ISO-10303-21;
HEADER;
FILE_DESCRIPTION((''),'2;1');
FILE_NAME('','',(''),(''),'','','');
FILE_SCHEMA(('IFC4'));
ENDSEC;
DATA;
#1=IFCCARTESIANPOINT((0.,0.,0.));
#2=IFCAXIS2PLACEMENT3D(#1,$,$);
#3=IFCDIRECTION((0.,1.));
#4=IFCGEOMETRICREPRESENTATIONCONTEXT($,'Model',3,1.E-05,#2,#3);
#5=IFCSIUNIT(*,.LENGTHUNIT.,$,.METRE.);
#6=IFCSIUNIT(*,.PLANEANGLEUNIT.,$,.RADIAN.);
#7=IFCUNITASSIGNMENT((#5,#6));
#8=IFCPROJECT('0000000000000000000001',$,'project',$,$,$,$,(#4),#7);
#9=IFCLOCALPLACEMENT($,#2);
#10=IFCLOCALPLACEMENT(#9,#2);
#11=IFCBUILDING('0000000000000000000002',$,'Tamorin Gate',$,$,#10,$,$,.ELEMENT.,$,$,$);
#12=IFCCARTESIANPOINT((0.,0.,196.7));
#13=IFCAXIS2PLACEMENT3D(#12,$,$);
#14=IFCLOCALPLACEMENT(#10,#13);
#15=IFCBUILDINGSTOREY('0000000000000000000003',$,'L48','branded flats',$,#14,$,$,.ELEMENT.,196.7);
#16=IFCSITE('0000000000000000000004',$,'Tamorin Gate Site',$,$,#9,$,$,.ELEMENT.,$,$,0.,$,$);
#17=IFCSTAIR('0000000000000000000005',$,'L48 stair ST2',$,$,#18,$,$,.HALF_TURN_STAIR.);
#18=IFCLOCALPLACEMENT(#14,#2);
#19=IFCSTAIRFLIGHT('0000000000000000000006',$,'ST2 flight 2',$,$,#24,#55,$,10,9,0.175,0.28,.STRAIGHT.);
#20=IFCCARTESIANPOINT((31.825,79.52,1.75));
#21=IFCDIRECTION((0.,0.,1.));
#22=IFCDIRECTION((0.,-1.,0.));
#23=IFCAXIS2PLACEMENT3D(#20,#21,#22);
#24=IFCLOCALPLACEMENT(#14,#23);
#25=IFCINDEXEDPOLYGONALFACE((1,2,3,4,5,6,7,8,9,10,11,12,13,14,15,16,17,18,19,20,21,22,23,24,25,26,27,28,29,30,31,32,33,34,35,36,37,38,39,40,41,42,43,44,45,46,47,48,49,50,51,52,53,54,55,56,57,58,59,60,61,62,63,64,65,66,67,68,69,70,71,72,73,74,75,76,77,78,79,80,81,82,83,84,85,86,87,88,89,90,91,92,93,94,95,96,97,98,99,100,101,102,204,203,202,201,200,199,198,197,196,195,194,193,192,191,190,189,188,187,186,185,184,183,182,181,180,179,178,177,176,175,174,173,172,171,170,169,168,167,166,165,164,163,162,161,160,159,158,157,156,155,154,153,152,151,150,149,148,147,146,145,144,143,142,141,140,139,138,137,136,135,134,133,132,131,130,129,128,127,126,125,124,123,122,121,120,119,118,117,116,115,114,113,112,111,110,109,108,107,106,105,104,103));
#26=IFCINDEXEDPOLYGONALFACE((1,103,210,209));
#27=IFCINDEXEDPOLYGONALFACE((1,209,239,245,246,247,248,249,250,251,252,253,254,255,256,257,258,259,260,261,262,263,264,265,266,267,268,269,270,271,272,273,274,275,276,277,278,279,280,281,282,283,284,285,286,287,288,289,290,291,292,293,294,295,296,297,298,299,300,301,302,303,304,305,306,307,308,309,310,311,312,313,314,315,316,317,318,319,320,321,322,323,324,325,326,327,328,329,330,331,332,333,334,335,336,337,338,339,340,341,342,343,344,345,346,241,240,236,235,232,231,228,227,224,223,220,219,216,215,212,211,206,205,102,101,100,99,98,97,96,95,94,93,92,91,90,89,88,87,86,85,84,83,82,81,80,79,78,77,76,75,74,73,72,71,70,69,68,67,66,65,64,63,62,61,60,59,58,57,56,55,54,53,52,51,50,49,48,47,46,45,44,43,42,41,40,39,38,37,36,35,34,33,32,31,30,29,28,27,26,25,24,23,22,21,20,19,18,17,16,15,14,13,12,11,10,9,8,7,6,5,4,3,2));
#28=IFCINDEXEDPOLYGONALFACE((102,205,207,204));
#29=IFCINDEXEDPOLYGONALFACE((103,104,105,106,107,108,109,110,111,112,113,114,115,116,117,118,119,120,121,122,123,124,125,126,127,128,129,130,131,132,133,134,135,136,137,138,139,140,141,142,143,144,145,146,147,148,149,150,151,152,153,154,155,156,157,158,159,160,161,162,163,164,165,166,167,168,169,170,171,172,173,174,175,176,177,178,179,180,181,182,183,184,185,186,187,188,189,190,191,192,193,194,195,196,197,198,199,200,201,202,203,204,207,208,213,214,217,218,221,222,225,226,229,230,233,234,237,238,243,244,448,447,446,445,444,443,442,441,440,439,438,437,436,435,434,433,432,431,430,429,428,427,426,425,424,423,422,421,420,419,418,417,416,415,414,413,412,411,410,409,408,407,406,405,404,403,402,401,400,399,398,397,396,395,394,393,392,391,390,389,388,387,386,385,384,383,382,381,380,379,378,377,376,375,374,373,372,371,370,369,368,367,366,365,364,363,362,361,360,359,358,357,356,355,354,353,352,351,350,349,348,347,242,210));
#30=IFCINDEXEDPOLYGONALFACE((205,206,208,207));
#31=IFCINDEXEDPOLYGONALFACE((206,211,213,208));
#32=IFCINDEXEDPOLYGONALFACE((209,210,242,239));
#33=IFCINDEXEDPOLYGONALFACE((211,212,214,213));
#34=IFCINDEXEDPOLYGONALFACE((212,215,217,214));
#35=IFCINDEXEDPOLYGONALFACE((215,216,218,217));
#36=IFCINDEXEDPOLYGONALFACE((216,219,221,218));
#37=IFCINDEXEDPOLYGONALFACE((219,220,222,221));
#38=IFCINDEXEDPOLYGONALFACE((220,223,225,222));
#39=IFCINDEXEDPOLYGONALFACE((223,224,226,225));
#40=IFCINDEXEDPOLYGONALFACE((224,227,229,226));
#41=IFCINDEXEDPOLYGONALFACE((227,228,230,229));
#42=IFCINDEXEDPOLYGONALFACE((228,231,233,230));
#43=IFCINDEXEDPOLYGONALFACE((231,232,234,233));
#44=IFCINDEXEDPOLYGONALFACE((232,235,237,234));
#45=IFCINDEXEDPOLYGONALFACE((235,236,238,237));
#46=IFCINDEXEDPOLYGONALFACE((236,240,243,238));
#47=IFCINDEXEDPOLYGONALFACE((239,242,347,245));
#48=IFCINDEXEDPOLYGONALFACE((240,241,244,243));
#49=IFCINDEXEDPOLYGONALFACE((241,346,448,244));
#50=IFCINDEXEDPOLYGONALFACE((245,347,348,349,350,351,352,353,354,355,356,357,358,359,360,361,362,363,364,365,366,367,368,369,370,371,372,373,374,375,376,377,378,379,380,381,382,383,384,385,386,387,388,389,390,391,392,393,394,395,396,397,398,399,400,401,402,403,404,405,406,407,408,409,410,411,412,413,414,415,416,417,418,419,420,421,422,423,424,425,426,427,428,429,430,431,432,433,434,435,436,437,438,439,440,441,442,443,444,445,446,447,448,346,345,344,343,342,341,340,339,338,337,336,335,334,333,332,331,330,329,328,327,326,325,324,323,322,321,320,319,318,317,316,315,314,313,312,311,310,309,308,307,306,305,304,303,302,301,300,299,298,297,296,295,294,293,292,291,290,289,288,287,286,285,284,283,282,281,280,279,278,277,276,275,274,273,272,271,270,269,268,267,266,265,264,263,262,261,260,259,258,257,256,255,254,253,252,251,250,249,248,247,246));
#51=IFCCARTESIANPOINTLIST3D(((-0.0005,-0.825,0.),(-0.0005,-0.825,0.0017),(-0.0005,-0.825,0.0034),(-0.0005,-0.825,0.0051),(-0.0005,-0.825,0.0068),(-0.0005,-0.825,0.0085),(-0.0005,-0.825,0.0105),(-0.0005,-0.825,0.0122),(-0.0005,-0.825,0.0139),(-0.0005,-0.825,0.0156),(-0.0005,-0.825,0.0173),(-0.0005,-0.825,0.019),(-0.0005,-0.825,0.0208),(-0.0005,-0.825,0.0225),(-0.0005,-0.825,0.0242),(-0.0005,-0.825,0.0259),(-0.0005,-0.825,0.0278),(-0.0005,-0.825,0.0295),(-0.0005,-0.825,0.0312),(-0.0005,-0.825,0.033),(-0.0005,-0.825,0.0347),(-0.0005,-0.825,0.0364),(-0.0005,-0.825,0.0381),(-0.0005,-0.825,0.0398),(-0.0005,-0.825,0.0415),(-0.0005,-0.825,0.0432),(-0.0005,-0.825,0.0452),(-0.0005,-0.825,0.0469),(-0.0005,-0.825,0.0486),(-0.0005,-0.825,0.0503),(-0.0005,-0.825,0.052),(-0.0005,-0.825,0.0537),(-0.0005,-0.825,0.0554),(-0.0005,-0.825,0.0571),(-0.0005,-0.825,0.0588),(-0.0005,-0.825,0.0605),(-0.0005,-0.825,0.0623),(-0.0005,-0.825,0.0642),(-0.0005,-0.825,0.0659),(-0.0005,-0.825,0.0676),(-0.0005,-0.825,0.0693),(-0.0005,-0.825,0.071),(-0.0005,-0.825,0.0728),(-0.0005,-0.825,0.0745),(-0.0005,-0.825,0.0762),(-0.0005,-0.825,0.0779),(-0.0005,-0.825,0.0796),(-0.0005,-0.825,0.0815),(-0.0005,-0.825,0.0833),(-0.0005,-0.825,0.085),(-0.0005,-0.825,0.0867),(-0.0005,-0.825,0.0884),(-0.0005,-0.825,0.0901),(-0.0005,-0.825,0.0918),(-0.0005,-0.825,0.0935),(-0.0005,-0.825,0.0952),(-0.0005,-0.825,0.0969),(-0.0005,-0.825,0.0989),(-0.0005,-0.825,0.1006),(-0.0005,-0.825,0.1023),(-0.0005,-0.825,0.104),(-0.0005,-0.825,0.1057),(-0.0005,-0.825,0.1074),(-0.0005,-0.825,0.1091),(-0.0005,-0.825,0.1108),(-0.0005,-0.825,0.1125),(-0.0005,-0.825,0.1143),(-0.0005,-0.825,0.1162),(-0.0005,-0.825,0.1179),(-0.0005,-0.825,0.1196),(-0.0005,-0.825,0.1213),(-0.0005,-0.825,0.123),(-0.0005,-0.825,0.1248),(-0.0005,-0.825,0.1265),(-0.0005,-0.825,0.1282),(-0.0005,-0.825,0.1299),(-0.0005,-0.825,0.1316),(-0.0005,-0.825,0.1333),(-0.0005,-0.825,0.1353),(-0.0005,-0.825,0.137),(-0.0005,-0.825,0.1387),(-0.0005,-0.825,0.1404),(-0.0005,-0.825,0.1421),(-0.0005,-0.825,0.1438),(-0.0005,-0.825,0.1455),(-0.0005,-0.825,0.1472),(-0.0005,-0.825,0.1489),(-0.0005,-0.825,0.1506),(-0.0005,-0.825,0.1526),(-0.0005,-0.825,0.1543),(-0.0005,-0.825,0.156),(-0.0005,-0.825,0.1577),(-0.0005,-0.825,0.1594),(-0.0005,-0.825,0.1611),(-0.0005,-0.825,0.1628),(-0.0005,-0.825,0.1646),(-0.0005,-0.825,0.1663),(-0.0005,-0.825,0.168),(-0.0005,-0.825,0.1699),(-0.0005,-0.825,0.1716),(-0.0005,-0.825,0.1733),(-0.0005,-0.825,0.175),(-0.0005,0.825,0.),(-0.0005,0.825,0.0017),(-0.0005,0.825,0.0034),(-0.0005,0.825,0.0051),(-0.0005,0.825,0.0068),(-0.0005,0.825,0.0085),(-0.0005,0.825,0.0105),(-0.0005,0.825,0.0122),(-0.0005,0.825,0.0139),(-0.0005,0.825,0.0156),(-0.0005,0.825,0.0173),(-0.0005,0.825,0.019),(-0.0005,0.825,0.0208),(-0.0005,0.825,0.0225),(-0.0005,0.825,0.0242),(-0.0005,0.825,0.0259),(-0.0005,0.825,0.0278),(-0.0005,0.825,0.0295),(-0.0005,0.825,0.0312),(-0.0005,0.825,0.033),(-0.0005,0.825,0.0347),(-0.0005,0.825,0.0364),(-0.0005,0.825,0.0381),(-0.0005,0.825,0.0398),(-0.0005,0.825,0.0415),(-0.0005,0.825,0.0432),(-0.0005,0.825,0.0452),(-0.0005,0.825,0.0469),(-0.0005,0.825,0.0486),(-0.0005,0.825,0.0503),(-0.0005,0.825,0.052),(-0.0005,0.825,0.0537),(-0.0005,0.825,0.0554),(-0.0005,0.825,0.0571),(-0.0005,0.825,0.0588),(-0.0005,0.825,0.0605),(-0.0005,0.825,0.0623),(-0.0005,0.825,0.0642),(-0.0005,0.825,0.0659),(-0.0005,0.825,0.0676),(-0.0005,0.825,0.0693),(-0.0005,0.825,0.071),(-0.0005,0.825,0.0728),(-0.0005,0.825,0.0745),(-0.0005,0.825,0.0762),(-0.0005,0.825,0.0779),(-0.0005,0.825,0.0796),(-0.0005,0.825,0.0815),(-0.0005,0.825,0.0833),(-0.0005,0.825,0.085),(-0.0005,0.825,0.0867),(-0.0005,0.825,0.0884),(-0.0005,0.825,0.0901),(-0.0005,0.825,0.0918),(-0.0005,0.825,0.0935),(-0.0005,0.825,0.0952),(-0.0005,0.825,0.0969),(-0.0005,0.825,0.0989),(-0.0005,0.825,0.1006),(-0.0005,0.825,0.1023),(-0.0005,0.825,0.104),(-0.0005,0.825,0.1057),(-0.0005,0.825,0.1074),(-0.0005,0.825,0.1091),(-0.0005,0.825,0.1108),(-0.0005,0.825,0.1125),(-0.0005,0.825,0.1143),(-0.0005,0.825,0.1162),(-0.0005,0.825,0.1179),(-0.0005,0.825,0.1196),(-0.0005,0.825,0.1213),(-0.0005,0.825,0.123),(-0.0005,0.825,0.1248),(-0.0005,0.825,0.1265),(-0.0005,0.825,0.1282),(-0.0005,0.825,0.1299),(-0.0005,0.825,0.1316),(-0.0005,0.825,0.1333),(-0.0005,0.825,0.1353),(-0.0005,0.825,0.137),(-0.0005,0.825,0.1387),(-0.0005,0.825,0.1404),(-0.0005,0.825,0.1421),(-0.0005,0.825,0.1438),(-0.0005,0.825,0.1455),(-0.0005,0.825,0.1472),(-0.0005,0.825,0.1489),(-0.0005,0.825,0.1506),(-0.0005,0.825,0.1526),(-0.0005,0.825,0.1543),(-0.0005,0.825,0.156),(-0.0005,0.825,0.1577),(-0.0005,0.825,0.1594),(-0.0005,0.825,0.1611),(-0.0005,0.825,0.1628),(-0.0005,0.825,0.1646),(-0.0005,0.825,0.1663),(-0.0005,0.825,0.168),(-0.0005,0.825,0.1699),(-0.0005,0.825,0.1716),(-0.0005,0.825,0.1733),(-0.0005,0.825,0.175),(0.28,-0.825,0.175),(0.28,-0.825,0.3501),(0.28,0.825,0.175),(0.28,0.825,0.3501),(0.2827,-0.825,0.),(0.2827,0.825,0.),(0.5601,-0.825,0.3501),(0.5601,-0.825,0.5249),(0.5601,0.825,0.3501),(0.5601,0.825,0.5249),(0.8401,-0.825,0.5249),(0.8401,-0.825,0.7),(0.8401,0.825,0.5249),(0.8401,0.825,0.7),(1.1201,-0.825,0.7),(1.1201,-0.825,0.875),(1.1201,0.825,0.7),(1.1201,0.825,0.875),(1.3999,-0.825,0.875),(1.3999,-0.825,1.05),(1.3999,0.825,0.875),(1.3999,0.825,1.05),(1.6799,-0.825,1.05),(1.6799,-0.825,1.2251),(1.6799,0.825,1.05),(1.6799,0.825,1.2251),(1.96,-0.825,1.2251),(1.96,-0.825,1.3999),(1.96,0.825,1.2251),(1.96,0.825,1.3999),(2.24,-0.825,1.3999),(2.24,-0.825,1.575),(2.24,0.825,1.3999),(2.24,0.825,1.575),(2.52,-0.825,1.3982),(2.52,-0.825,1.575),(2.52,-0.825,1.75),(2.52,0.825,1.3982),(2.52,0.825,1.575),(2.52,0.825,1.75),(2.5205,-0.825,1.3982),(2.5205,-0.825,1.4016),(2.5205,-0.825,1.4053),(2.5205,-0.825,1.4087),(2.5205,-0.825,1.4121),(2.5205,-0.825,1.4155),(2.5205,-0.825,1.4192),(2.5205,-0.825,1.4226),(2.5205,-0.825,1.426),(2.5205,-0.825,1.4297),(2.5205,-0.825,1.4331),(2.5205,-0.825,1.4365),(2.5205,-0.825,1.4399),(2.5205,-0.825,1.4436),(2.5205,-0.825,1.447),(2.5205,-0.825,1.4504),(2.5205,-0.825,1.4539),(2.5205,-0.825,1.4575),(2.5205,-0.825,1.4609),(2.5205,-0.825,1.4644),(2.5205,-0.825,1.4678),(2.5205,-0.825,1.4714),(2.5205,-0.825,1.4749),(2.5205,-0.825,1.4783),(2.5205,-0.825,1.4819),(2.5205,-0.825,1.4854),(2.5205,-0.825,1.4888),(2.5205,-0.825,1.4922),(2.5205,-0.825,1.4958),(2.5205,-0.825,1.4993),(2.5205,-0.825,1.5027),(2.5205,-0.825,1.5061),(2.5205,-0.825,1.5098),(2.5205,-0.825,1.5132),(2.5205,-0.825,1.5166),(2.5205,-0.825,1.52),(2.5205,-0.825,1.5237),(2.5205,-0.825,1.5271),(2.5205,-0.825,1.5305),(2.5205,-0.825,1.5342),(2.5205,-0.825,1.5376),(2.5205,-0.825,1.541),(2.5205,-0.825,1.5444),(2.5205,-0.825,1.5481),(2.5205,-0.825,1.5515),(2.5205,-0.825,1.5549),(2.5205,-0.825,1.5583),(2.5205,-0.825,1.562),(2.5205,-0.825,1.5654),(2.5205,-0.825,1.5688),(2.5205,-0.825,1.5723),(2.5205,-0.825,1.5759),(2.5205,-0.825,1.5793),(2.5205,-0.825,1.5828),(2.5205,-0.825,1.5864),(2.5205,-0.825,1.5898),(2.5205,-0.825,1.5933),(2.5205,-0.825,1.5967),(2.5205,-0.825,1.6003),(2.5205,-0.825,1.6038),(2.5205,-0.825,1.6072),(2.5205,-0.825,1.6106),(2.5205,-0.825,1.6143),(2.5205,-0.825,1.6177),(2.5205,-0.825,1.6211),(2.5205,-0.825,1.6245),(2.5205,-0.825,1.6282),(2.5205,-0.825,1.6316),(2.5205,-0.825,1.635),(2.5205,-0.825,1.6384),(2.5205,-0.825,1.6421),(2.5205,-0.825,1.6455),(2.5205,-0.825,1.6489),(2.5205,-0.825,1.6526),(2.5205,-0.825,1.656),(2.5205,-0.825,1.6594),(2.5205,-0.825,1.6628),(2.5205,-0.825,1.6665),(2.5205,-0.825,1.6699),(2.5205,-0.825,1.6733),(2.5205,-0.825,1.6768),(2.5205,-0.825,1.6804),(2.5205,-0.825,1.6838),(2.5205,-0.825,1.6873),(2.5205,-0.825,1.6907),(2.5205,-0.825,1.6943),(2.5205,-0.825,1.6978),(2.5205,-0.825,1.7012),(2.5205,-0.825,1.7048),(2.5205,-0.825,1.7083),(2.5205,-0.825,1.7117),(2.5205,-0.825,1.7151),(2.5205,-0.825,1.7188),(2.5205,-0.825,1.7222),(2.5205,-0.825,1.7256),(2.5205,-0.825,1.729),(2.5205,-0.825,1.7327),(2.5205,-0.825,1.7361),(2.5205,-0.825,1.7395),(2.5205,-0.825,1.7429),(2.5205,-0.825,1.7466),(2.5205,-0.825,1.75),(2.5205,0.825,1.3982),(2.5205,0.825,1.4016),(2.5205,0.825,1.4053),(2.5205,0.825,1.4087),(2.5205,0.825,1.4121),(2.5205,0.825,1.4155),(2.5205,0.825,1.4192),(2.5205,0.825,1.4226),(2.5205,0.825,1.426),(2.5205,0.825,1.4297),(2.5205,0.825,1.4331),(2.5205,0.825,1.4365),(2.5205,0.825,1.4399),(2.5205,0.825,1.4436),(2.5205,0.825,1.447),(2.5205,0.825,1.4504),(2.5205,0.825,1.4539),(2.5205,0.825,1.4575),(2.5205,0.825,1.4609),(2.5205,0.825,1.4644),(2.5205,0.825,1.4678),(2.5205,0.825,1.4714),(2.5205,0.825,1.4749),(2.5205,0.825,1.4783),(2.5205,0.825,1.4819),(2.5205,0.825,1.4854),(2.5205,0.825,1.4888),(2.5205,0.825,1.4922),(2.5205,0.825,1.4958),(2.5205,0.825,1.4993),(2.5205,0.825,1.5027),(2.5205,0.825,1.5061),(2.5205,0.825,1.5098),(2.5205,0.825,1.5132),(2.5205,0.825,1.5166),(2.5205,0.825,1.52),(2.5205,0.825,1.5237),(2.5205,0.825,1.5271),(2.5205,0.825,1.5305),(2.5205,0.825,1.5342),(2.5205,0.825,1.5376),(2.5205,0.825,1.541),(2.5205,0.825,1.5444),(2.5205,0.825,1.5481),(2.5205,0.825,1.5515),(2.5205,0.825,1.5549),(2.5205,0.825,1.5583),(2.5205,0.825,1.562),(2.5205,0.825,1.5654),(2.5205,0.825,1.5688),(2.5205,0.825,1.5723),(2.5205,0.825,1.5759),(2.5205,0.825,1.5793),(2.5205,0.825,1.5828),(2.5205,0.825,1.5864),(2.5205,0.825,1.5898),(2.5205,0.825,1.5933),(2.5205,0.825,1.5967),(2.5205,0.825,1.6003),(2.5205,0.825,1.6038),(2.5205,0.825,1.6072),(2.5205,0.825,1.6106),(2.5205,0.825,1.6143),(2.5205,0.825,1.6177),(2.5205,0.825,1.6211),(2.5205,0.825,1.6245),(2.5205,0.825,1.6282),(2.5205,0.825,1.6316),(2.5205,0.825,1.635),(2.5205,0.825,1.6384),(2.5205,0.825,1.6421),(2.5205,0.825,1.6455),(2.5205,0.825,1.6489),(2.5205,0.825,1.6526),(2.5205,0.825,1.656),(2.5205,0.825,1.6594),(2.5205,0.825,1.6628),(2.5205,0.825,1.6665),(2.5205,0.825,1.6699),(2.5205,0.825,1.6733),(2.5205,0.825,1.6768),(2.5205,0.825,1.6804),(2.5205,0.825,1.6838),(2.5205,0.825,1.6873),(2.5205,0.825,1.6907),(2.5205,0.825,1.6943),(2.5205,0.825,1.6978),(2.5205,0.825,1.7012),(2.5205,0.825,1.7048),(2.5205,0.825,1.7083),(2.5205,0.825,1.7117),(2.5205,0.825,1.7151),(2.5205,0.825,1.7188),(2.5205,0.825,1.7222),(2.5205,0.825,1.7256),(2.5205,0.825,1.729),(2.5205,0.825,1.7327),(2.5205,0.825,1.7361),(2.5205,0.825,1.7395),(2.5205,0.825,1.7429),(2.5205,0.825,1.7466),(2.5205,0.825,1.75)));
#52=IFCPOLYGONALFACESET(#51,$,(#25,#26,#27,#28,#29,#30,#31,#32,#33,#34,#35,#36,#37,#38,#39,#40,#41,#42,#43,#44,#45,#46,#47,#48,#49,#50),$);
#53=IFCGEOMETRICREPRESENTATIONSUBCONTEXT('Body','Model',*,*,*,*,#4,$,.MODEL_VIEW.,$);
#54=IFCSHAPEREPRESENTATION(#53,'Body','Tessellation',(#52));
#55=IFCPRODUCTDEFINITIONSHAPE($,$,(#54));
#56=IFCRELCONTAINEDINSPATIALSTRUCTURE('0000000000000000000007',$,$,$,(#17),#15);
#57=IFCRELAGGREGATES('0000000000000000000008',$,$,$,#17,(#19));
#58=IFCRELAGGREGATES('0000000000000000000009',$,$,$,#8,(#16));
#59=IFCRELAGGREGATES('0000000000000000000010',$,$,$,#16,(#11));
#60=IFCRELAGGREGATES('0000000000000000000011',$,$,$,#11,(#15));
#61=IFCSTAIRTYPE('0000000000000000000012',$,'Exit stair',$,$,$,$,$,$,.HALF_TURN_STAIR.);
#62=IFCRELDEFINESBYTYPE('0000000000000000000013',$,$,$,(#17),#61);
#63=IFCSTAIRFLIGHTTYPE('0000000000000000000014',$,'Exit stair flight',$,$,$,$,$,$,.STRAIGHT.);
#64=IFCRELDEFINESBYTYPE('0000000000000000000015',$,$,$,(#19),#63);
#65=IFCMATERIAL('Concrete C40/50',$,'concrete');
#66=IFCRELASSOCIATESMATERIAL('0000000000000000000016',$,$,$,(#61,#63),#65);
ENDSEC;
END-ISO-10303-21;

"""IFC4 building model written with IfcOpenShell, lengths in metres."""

from ifc_helpers import new_model, si_unit, direction, frame, origin, place, context, subcontext, project, spatial, polyline, outline, extrude, material, type_object, element, aggregate, save


model = new_model("IFC4")

# Units and contexts
model_context = context("Model", 3, precision=1e-05, world=origin(), true_north=direction((0.0, 1.0)))
body_context = subcontext(model_context, "Body", "Model", "MODEL_VIEW")
ifc_project = project(units=[si_unit("LENGTHUNIT", "METRE"), si_unit("PLANEANGLEUNIT", "RADIAN")], contexts=[model_context])

# Site, building, storey
site_placement = place(None, origin())
site = spatial("IfcSite", under=ifc_project, at=site_placement, Name="Tamorin Gate Site", CompositionType="ELEMENT", RefElevation=0.0)
building_placement = place(site_placement, origin())
building = spatial("IfcBuilding", under=site, at=building_placement, Name="Tamorin Gate", CompositionType="ELEMENT")
storey_placement = place(building_placement, frame((0.0, 0.0, 196.7)))
storey = spatial("IfcBuildingStorey", under=building, at=storey_placement, Name="L48", Description="branded flats", CompositionType="ELEMENT", Elevation=196.7)

# Stair, stair flight
ifc_material_1 = material(Name="Concrete C40/50", Category="concrete")
stair_type = type_object("IfcStairType", Name="Exit stair", PredefinedType="HALF_TURN_STAIR", material=ifc_material_1)
stair_placement = place(storey_placement, origin())
stair = element("IfcStair", 1, at=stair_placement, inside=storey, type_object=stair_type, Name="L48 stair ST2", PredefinedType="HALF_TURN_STAIR")
stair_flight_type = type_object("IfcStairFlightType", Name="Exit stair flight", PredefinedType="STRAIGHT", material=ifc_material_1)
stair_flight_placement = place(storey_placement, frame((31.825, 79.52, 1.75), z_axis=(0.0, 0.0, 1.0), x_axis=(0.0, -1.0, 0.0)))
stair_flight = element("IfcStairFlight", 2, at=stair_flight_placement, type_object=stair_flight_type, Name="ST2 flight 2", NumberOfRisers=10, NumberOfTreads=9, PredefinedType="STRAIGHT", RiserHeight=0.175, TreadLength=0.28, context=body_context, shape_type="SweptSolid", body=[
    extrude(outline(polyline([(-0.0005, 0.0), (-0.0005, 0.0017), (-0.0005, 0.0034), (-0.0005, 0.0051), (-0.0005, 0.0068), (-0.0005, 0.0085), (-0.0005, 0.0105), (-0.0005, 0.0122), (-0.0005, 0.0139), (-0.0005, 0.0156), (-0.0005, 0.0173), (-0.0005, 0.019), (-0.0005, 0.0208), (-0.0005, 0.0225), (-0.0005, 0.0242), (-0.0005, 0.0259), (-0.0005, 0.0278), (-0.0005, 0.0295), (-0.0005, 0.0312), (-0.0005, 0.033), (-0.0005, 0.0347), (-0.0005, 0.0364), (-0.0005, 0.0381), (-0.0005, 0.0398), (-0.0005, 0.0415), (-0.0005, 0.0432), (-0.0005, 0.0452), (-0.0005, 0.0469), (-0.0005, 0.0486), (-0.0005, 0.0503), (-0.0005, 0.052), (-0.0005, 0.0537), (-0.0005, 0.0554), (-0.0005, 0.0571), (-0.0005, 0.0588), (-0.0005, 0.0605), (-0.0005, 0.0623), (-0.0005, 0.0642), (-0.0005, 0.0659), (-0.0005, 0.0676), (-0.0005, 0.0693), (-0.0005, 0.071), (-0.0005, 0.0728), (-0.0005, 0.0745), (-0.0005, 0.0762), (-0.0005, 0.0779), (-0.0005, 0.0796), (-0.0005, 0.0815), (-0.0005, 0.0833), (-0.0005, 0.085), (-0.0005, 0.0867), (-0.0005, 0.0884), (-0.0005, 0.0901), (-0.0005, 0.0918), (-0.0005, 0.0935), (-0.0005, 0.0952), (-0.0005, 0.0969), (-0.0005, 0.0989), (-0.0005, 0.1006), (-0.0005, 0.1023), (-0.0005, 0.104), (-0.0005, 0.1057), (-0.0005, 0.1074), (-0.0005, 0.1091), (-0.0005, 0.1108), (-0.0005, 0.1125), (-0.0005, 0.1143), (-0.0005, 0.1162), (-0.0005, 0.1179), (-0.0005, 0.1196), (-0.0005, 0.1213), (-0.0005, 0.123), (-0.0005, 0.1248), (-0.0005, 0.1265), (-0.0005, 0.1282), (-0.0005, 0.1299), (-0.0005, 0.1316), (-0.0005, 0.1333), (-0.0005, 0.1353), (-0.0005, 0.137), (-0.0005, 0.1387), (-0.0005, 0.1404), (-0.0005, 0.1421), (-0.0005, 0.1438), (-0.0005, 0.1455), (-0.0005, 0.1472), (-0.0005, 0.1489), (-0.0005, 0.1506), (-0.0005, 0.1526), (-0.0005, 0.1543), (-0.0005, 0.156), (-0.0005, 0.1577), (-0.0005, 0.1594), (-0.0005, 0.1611), (-0.0005, 0.1628), (-0.0005, 0.1646), (-0.0005, 0.1663), (-0.0005, 0.168), (-0.0005, 0.1699), (-0.0005, 0.1716), (-0.0005, 0.1733), (-0.0005, 0.175), (0.28, 0.175), (0.28, 0.3501), (0.5601, 0.3501), (0.5601, 0.5249), (0.8401, 0.5249), (0.8401, 0.7), (1.1201, 0.7), (1.1201, 0.875), (1.3999, 0.875), (1.3999, 1.05), (1.6799, 1.05), (1.6799, 1.2251), (1.96, 1.2251), (1.96, 1.3999), (2.24, 1.3999), (2.24, 1.575), (2.52, 1.575), (2.52, 1.75), (2.5205, 1.75), (2.5205, 1.7466), (2.5205, 1.7429), (2.5205, 1.7395), (2.5205, 1.7361), (2.5205, 1.7327), (2.5205, 1.729), (2.5205, 1.7256), (2.5205, 1.7222), (2.5205, 1.7188), (2.5205, 1.7151), (2.5205, 1.7117), (2.5205, 1.7083), (2.5205, 1.7048), (2.5205, 1.7012), (2.5205, 1.6978), (2.5205, 1.6943), (2.5205, 1.6907), (2.5205, 1.6873), (2.5205, 1.6838), (2.5205, 1.6804), (2.5205, 1.6768), (2.5205, 1.6733), (2.5205, 1.6699), (2.5205, 1.6665), (2.5205, 1.6628), (2.5205, 1.6594), (2.5205, 1.656), (2.5205, 1.6526), (2.5205, 1.6489), (2.5205, 1.6455), (2.5205, 1.6421), (2.5205, 1.6384), (2.5205, 1.635), (2.5205, 1.6316), (2.5205, 1.6282), (2.5205, 1.6245), (2.5205, 1.6211), (2.5205, 1.6177), (2.5205, 1.6143), (2.5205, 1.6106), (2.5205, 1.6072), (2.5205, 1.6038), (2.5205, 1.6003), (2.5205, 1.5967), (2.5205, 1.5933), (2.5205, 1.5898), (2.5205, 1.5864), (2.5205, 1.5828), (2.5205, 1.5793), (2.5205, 1.5759), (2.5205, 1.5723), (2.5205, 1.5688), (2.5205, 1.5654), (2.5205, 1.562), (2.5205, 1.5583), (2.5205, 1.5549), (2.5205, 1.5515), (2.5205, 1.5481), (2.5205, 1.5444), (2.5205, 1.541), (2.5205, 1.5376), (2.5205, 1.5342), (2.5205, 1.5305), (2.5205, 1.5271), (2.5205, 1.5237), (2.5205, 1.52), (2.5205, 1.5166), (2.5205, 1.5132), (2.5205, 1.5098), (2.5205, 1.5061), (2.5205, 1.5027), (2.5205, 1.4993), (2.5205, 1.4958), (2.5205, 1.4922), (2.5205, 1.4888), (2.5205, 1.4854), (2.5205, 1.4819), (2.5205, 1.4783), (2.5205, 1.4749), (2.5205, 1.4714), (2.5205, 1.4678), (2.5205, 1.4644), (2.5205, 1.4609), (2.5205, 1.4575), (2.5205, 1.4539), (2.5205, 1.4504), (2.5205, 1.447), (2.5205, 1.4436), (2.5205, 1.4399), (2.5205, 1.4365), (2.5205, 1.4331), (2.5205, 1.4297), (2.5205, 1.426), (2.5205, 1.4226), (2.5205, 1.4192), (2.5205, 1.4155), (2.5205, 1.4121), (2.5205, 1.4087), (2.5205, 1.4053), (2.5205, 1.4016), (2.5205, 1.3982), (2.52, 1.3982), (0.2827, 0.0), (-0.0005, 0.0)])), frame((0.0, 0.825, 0.0), z_axis=(0.0, -1.0, 0.0), x_axis=(1.0, 0.0, 0.0)), (0.0, 0.0, 1.0), 1.6499),
])
aggregate(stair, [stair_flight])

save(model, "model.ifc")
